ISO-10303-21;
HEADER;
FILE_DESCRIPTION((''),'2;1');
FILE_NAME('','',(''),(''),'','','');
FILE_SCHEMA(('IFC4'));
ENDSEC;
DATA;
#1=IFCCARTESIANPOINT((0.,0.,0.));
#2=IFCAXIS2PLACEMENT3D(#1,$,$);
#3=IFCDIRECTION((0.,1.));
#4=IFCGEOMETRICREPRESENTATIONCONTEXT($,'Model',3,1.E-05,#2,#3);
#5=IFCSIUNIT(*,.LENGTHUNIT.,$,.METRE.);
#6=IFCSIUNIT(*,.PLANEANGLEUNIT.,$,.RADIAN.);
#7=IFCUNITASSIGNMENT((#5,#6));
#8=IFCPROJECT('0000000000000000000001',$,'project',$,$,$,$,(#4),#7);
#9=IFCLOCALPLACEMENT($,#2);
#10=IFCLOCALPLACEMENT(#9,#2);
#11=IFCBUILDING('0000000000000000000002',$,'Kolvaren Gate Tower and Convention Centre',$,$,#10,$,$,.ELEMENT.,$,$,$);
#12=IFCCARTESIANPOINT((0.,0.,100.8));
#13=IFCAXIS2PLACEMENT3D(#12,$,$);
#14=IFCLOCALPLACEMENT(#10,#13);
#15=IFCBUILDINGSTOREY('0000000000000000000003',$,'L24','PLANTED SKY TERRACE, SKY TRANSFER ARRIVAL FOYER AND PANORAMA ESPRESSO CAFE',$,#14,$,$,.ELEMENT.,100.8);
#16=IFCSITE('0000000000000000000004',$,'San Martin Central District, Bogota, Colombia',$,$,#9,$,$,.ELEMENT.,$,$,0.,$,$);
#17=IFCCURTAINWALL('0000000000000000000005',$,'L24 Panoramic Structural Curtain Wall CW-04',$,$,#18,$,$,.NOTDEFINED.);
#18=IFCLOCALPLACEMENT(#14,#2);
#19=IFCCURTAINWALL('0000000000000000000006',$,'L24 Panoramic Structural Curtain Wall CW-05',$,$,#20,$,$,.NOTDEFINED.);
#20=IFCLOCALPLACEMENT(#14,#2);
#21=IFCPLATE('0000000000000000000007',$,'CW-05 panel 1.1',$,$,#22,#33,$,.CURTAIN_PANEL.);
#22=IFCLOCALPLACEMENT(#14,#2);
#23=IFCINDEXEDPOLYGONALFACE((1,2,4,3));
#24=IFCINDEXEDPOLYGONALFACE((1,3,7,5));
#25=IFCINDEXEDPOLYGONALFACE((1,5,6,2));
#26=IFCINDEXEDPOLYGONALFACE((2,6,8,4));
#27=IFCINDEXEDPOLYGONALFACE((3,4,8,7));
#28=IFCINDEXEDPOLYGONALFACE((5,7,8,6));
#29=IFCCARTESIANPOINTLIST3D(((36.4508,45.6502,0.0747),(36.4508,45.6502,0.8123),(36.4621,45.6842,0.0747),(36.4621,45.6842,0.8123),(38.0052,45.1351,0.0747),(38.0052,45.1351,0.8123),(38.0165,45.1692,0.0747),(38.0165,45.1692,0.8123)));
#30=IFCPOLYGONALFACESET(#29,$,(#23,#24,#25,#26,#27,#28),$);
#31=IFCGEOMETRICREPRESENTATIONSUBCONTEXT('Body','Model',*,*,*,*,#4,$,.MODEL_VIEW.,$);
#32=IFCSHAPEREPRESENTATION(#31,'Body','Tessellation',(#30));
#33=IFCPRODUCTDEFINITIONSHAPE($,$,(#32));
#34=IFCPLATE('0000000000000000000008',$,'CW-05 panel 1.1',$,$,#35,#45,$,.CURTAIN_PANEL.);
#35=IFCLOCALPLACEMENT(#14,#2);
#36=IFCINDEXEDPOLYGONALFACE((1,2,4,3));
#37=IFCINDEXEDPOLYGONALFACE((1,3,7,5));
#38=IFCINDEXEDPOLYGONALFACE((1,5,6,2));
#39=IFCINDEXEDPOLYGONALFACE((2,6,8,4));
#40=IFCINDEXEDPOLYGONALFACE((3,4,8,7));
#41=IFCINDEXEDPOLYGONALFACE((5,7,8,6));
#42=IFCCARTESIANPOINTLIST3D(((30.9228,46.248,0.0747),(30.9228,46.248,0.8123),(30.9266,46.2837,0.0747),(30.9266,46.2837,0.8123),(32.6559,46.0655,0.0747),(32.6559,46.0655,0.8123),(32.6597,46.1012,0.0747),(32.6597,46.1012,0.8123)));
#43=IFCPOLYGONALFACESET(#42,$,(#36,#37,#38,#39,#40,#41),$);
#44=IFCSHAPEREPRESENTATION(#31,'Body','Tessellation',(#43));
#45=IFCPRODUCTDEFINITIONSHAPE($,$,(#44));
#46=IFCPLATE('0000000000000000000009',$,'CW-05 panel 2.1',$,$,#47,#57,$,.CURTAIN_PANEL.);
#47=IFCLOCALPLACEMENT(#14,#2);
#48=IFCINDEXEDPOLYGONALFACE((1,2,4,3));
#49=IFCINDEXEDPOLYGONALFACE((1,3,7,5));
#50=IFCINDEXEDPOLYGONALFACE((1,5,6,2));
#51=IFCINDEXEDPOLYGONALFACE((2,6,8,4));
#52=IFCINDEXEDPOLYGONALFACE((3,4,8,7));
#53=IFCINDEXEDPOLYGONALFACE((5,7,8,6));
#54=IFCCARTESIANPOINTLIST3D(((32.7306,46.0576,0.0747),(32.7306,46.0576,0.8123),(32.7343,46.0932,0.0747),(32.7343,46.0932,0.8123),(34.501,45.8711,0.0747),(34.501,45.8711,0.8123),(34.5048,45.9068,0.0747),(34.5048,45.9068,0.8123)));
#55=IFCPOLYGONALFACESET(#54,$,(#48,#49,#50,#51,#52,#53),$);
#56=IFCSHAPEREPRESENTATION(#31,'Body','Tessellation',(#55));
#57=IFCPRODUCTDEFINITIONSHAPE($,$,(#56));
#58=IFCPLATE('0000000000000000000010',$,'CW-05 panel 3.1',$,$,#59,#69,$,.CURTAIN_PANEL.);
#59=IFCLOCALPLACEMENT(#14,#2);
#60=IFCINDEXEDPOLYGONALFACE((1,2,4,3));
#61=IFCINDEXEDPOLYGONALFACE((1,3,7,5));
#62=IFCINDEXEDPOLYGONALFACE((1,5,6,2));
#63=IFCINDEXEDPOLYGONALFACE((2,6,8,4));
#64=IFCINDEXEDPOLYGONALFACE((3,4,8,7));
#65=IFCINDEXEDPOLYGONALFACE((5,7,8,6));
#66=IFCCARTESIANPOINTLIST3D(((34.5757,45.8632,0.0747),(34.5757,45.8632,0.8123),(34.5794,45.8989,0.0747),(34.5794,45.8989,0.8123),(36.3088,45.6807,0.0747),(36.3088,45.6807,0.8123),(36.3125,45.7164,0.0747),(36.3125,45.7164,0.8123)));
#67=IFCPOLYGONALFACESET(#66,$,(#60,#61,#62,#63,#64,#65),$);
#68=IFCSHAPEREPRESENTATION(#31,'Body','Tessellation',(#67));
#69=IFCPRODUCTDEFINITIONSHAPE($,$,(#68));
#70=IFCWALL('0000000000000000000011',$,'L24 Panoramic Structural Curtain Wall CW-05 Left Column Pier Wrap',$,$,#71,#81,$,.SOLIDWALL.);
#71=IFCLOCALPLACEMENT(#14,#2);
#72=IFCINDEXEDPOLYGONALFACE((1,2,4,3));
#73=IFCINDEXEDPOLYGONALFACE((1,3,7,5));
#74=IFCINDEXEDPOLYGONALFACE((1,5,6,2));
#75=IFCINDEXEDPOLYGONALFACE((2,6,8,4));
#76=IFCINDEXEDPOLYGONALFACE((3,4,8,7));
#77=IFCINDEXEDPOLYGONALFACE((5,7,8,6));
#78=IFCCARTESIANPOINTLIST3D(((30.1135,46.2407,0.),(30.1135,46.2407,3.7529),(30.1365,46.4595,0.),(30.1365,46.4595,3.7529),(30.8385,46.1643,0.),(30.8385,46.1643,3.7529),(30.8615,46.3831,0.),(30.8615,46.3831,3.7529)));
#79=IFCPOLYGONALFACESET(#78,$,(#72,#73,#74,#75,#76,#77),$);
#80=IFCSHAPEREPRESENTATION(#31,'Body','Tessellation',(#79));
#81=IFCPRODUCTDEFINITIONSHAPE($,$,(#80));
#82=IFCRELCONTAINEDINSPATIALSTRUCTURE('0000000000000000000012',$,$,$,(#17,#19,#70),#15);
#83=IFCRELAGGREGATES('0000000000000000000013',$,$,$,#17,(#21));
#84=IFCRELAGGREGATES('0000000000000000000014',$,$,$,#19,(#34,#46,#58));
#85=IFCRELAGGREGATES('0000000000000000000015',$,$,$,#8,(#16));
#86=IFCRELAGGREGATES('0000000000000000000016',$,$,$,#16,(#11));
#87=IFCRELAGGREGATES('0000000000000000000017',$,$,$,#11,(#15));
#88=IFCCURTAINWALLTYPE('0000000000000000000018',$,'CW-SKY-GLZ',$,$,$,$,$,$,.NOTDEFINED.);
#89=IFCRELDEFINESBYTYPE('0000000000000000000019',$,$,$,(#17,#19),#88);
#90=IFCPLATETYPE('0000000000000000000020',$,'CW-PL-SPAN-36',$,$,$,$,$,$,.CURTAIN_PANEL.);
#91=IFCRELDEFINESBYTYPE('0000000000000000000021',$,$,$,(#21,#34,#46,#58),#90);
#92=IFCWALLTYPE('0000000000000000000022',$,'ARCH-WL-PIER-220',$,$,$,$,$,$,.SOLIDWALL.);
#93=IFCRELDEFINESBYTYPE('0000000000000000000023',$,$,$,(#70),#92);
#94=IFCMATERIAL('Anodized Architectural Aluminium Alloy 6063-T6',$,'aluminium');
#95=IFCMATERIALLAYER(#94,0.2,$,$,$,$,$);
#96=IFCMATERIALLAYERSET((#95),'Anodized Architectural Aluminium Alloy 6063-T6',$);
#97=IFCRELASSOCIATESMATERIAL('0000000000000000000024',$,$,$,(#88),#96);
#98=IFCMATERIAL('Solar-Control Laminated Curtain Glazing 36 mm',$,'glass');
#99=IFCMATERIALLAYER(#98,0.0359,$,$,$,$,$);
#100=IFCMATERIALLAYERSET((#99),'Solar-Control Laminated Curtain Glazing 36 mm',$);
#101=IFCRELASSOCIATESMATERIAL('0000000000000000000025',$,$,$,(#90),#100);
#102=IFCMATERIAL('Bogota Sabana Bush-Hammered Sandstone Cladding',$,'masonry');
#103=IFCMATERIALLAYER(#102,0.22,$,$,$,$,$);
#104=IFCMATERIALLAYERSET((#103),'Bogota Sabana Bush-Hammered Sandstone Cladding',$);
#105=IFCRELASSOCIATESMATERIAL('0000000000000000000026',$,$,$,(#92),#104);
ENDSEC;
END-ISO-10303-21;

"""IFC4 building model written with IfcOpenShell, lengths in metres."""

from ifc_helpers import new_model, si_unit, direction, frame, frame_2d, origin, origin_2d, place, context, subcontext, project, spatial, rectangle, extrude, material, layer, layer_set, type_object, element, aggregate, save


model = new_model("IFC4")

# Units and contexts
model_context = context("Model", 3, precision=1e-05, world=origin(), true_north=direction((0.0, 1.0)))
body_context = subcontext(model_context, "Body", "Model", "MODEL_VIEW")
ifc_project = project(units=[si_unit("LENGTHUNIT", "METRE"), si_unit("PLANEANGLEUNIT", "RADIAN")], contexts=[model_context])

# Site, building, storey
site_placement = place(None, origin())
site = spatial("IfcSite", under=ifc_project, at=site_placement, Name="San Martin Central District, Bogota, Colombia", CompositionType="ELEMENT", RefElevation=0.0)
building_placement = place(site_placement, origin())
building = spatial("IfcBuilding", under=site, at=building_placement, Name="Kolvaren Gate Tower and Convention Centre", CompositionType="ELEMENT")
storey_placement = place(building_placement, frame((0.0, 0.0, 100.8)))
storey = spatial("IfcBuildingStorey", under=building, at=storey_placement, Name="L24", Description="PLANTED SKY TERRACE, SKY TRANSFER ARRIVAL FOYER AND PANORAMA ESPRESSO CAFE", CompositionType="ELEMENT", Elevation=100.8)

# Curtain walls
ifc_material_1 = material(Name="Anodized Architectural Aluminium Alloy 6063-T6", Category="aluminium")
ifc_layer_1 = layer(ifc_material_1, 0.2)
ifc_layer_set_1 = layer_set([ifc_layer_1], Name="Anodized Architectural Aluminium Alloy 6063-T6")
curtain_wall_type = type_object("IfcCurtainWallType", Name="CW-SKY-GLZ", PredefinedType="NOTDEFINED", material=ifc_layer_set_1)
curtain_wall_1_placement = place(storey_placement, origin())
curtain_wall_1 = element("IfcCurtainWall", 1, at=curtain_wall_1_placement, inside=storey, type_object=curtain_wall_type, Name="L24 Panoramic Structural Curtain Wall CW-04", PredefinedType="NOTDEFINED")
curtain_wall_2_placement = place(storey_placement, origin())
curtain_wall_2 = element("IfcCurtainWall", 2, at=curtain_wall_2_placement, inside=storey, type_object=curtain_wall_type, Name="L24 Panoramic Structural Curtain Wall CW-05", PredefinedType="NOTDEFINED")

# Plates
ifc_material_2 = material(Name="Solar-Control Laminated Curtain Glazing 36 mm", Category="glass")
ifc_layer_2 = layer(ifc_material_2, 0.0359)
ifc_layer_set_2 = layer_set([ifc_layer_2], Name="Solar-Control Laminated Curtain Glazing 36 mm")
plate_type_1 = type_object("IfcPlateType", Name="CW-PL-SPAN-36", PredefinedType="CURTAIN_PANEL", material=ifc_layer_set_2)
plate_1_placement = place(storey_placement, frame((37.2336, 45.4097, 0.0747), z_axis=(0.0, 0.0, 1.0), x_axis=(0.94924, -0.314553, 0.0)))
plate_1 = element("IfcPlate", 3, at=plate_1_placement, type_object=plate_type_1, Name="CW-05 panel 1.1", PredefinedType="CURTAIN_PANEL", context=body_context, shape_type="SweptSolid", body=[
    extrude(rectangle(XDim=1.6375, YDim=0.0359, at=origin_2d()), origin(), (0.0, 0.0, 1.0), 0.7375),
])
aggregate(curtain_wall_1, [plate_1])
plate_2_placement = place(storey_placement, frame((31.7913, 46.1746, 0.0747), z_axis=(0.0, 0.0, 1.0), x_axis=(0.994501, -0.104729, 0.0)))
plate_2 = element("IfcPlate", 4, at=plate_2_placement, type_object=plate_type_1, Name="CW-05 panel 1.1", PredefinedType="CURTAIN_PANEL", context=body_context, shape_type="SweptSolid", body=[
    extrude(rectangle(XDim=1.7427, YDim=0.0359, at=origin_2d()), origin(), (0.0, 0.0, 1.0), 0.7375),
])
plate_3_placement = place(storey_placement, frame((33.6177, 45.9822, 0.0747), z_axis=(0.0, 0.0, 1.0), x_axis=(0.994501, -0.104729, 0.0)))
plate_3 = element("IfcPlate", 5, at=plate_3_placement, type_object=plate_type_1, Name="CW-05 panel 2.1", PredefinedType="CURTAIN_PANEL", context=body_context, shape_type="SweptSolid", body=[
    extrude(rectangle(XDim=1.7803, YDim=0.0359, at=origin_2d()), origin(), (0.0, 0.0, 1.0), 0.7375),
])
plate_4_placement = place(storey_placement, frame((35.4441, 45.7898, 0.0747), z_axis=(0.0, 0.0, 1.0), x_axis=(0.994501, -0.104729, 0.0)))
plate_4 = element("IfcPlate", 6, at=plate_4_placement, type_object=plate_type_1, Name="CW-05 panel 3.1", PredefinedType="CURTAIN_PANEL", context=body_context, shape_type="SweptSolid", body=[
    extrude(rectangle(XDim=1.7427, YDim=0.0359, at=origin_2d()), origin(), (0.0, 0.0, 1.0), 0.7375),
])
aggregate(curtain_wall_2, [plate_2, plate_3, plate_4])

# Wall
ifc_material_3 = material(Name="Bogota Sabana Bush-Hammered Sandstone Cladding", Category="masonry")
ifc_layer_3 = layer(ifc_material_3, 0.22)
ifc_layer_set_3 = layer_set([ifc_layer_3], Name="Bogota Sabana Bush-Hammered Sandstone Cladding")
wall_type = type_object("IfcWallType", Name="ARCH-WL-PIER-220", PredefinedType="SOLIDWALL", material=ifc_layer_set_3)
wall_placement = place(storey_placement, frame((30.125, 46.3501, 0.0), z_axis=(0.0, 0.0, 1.0), x_axis=(0.994493, -0.104807, 0.0)))
element("IfcWall", 7, at=wall_placement, inside=storey, type_object=wall_type, Name="L24 Panoramic Structural Curtain Wall CW-05 Left Column Pier Wrap", PredefinedType="SOLIDWALL", context=body_context, shape_type="SweptSolid", body=[
    extrude(rectangle(XDim=0.729, YDim=0.22, at=frame_2d((0.3645, 0.0))), origin(), (0.0, 0.0, 1.0), 3.7529),
])

save(model, "model.ifc")
